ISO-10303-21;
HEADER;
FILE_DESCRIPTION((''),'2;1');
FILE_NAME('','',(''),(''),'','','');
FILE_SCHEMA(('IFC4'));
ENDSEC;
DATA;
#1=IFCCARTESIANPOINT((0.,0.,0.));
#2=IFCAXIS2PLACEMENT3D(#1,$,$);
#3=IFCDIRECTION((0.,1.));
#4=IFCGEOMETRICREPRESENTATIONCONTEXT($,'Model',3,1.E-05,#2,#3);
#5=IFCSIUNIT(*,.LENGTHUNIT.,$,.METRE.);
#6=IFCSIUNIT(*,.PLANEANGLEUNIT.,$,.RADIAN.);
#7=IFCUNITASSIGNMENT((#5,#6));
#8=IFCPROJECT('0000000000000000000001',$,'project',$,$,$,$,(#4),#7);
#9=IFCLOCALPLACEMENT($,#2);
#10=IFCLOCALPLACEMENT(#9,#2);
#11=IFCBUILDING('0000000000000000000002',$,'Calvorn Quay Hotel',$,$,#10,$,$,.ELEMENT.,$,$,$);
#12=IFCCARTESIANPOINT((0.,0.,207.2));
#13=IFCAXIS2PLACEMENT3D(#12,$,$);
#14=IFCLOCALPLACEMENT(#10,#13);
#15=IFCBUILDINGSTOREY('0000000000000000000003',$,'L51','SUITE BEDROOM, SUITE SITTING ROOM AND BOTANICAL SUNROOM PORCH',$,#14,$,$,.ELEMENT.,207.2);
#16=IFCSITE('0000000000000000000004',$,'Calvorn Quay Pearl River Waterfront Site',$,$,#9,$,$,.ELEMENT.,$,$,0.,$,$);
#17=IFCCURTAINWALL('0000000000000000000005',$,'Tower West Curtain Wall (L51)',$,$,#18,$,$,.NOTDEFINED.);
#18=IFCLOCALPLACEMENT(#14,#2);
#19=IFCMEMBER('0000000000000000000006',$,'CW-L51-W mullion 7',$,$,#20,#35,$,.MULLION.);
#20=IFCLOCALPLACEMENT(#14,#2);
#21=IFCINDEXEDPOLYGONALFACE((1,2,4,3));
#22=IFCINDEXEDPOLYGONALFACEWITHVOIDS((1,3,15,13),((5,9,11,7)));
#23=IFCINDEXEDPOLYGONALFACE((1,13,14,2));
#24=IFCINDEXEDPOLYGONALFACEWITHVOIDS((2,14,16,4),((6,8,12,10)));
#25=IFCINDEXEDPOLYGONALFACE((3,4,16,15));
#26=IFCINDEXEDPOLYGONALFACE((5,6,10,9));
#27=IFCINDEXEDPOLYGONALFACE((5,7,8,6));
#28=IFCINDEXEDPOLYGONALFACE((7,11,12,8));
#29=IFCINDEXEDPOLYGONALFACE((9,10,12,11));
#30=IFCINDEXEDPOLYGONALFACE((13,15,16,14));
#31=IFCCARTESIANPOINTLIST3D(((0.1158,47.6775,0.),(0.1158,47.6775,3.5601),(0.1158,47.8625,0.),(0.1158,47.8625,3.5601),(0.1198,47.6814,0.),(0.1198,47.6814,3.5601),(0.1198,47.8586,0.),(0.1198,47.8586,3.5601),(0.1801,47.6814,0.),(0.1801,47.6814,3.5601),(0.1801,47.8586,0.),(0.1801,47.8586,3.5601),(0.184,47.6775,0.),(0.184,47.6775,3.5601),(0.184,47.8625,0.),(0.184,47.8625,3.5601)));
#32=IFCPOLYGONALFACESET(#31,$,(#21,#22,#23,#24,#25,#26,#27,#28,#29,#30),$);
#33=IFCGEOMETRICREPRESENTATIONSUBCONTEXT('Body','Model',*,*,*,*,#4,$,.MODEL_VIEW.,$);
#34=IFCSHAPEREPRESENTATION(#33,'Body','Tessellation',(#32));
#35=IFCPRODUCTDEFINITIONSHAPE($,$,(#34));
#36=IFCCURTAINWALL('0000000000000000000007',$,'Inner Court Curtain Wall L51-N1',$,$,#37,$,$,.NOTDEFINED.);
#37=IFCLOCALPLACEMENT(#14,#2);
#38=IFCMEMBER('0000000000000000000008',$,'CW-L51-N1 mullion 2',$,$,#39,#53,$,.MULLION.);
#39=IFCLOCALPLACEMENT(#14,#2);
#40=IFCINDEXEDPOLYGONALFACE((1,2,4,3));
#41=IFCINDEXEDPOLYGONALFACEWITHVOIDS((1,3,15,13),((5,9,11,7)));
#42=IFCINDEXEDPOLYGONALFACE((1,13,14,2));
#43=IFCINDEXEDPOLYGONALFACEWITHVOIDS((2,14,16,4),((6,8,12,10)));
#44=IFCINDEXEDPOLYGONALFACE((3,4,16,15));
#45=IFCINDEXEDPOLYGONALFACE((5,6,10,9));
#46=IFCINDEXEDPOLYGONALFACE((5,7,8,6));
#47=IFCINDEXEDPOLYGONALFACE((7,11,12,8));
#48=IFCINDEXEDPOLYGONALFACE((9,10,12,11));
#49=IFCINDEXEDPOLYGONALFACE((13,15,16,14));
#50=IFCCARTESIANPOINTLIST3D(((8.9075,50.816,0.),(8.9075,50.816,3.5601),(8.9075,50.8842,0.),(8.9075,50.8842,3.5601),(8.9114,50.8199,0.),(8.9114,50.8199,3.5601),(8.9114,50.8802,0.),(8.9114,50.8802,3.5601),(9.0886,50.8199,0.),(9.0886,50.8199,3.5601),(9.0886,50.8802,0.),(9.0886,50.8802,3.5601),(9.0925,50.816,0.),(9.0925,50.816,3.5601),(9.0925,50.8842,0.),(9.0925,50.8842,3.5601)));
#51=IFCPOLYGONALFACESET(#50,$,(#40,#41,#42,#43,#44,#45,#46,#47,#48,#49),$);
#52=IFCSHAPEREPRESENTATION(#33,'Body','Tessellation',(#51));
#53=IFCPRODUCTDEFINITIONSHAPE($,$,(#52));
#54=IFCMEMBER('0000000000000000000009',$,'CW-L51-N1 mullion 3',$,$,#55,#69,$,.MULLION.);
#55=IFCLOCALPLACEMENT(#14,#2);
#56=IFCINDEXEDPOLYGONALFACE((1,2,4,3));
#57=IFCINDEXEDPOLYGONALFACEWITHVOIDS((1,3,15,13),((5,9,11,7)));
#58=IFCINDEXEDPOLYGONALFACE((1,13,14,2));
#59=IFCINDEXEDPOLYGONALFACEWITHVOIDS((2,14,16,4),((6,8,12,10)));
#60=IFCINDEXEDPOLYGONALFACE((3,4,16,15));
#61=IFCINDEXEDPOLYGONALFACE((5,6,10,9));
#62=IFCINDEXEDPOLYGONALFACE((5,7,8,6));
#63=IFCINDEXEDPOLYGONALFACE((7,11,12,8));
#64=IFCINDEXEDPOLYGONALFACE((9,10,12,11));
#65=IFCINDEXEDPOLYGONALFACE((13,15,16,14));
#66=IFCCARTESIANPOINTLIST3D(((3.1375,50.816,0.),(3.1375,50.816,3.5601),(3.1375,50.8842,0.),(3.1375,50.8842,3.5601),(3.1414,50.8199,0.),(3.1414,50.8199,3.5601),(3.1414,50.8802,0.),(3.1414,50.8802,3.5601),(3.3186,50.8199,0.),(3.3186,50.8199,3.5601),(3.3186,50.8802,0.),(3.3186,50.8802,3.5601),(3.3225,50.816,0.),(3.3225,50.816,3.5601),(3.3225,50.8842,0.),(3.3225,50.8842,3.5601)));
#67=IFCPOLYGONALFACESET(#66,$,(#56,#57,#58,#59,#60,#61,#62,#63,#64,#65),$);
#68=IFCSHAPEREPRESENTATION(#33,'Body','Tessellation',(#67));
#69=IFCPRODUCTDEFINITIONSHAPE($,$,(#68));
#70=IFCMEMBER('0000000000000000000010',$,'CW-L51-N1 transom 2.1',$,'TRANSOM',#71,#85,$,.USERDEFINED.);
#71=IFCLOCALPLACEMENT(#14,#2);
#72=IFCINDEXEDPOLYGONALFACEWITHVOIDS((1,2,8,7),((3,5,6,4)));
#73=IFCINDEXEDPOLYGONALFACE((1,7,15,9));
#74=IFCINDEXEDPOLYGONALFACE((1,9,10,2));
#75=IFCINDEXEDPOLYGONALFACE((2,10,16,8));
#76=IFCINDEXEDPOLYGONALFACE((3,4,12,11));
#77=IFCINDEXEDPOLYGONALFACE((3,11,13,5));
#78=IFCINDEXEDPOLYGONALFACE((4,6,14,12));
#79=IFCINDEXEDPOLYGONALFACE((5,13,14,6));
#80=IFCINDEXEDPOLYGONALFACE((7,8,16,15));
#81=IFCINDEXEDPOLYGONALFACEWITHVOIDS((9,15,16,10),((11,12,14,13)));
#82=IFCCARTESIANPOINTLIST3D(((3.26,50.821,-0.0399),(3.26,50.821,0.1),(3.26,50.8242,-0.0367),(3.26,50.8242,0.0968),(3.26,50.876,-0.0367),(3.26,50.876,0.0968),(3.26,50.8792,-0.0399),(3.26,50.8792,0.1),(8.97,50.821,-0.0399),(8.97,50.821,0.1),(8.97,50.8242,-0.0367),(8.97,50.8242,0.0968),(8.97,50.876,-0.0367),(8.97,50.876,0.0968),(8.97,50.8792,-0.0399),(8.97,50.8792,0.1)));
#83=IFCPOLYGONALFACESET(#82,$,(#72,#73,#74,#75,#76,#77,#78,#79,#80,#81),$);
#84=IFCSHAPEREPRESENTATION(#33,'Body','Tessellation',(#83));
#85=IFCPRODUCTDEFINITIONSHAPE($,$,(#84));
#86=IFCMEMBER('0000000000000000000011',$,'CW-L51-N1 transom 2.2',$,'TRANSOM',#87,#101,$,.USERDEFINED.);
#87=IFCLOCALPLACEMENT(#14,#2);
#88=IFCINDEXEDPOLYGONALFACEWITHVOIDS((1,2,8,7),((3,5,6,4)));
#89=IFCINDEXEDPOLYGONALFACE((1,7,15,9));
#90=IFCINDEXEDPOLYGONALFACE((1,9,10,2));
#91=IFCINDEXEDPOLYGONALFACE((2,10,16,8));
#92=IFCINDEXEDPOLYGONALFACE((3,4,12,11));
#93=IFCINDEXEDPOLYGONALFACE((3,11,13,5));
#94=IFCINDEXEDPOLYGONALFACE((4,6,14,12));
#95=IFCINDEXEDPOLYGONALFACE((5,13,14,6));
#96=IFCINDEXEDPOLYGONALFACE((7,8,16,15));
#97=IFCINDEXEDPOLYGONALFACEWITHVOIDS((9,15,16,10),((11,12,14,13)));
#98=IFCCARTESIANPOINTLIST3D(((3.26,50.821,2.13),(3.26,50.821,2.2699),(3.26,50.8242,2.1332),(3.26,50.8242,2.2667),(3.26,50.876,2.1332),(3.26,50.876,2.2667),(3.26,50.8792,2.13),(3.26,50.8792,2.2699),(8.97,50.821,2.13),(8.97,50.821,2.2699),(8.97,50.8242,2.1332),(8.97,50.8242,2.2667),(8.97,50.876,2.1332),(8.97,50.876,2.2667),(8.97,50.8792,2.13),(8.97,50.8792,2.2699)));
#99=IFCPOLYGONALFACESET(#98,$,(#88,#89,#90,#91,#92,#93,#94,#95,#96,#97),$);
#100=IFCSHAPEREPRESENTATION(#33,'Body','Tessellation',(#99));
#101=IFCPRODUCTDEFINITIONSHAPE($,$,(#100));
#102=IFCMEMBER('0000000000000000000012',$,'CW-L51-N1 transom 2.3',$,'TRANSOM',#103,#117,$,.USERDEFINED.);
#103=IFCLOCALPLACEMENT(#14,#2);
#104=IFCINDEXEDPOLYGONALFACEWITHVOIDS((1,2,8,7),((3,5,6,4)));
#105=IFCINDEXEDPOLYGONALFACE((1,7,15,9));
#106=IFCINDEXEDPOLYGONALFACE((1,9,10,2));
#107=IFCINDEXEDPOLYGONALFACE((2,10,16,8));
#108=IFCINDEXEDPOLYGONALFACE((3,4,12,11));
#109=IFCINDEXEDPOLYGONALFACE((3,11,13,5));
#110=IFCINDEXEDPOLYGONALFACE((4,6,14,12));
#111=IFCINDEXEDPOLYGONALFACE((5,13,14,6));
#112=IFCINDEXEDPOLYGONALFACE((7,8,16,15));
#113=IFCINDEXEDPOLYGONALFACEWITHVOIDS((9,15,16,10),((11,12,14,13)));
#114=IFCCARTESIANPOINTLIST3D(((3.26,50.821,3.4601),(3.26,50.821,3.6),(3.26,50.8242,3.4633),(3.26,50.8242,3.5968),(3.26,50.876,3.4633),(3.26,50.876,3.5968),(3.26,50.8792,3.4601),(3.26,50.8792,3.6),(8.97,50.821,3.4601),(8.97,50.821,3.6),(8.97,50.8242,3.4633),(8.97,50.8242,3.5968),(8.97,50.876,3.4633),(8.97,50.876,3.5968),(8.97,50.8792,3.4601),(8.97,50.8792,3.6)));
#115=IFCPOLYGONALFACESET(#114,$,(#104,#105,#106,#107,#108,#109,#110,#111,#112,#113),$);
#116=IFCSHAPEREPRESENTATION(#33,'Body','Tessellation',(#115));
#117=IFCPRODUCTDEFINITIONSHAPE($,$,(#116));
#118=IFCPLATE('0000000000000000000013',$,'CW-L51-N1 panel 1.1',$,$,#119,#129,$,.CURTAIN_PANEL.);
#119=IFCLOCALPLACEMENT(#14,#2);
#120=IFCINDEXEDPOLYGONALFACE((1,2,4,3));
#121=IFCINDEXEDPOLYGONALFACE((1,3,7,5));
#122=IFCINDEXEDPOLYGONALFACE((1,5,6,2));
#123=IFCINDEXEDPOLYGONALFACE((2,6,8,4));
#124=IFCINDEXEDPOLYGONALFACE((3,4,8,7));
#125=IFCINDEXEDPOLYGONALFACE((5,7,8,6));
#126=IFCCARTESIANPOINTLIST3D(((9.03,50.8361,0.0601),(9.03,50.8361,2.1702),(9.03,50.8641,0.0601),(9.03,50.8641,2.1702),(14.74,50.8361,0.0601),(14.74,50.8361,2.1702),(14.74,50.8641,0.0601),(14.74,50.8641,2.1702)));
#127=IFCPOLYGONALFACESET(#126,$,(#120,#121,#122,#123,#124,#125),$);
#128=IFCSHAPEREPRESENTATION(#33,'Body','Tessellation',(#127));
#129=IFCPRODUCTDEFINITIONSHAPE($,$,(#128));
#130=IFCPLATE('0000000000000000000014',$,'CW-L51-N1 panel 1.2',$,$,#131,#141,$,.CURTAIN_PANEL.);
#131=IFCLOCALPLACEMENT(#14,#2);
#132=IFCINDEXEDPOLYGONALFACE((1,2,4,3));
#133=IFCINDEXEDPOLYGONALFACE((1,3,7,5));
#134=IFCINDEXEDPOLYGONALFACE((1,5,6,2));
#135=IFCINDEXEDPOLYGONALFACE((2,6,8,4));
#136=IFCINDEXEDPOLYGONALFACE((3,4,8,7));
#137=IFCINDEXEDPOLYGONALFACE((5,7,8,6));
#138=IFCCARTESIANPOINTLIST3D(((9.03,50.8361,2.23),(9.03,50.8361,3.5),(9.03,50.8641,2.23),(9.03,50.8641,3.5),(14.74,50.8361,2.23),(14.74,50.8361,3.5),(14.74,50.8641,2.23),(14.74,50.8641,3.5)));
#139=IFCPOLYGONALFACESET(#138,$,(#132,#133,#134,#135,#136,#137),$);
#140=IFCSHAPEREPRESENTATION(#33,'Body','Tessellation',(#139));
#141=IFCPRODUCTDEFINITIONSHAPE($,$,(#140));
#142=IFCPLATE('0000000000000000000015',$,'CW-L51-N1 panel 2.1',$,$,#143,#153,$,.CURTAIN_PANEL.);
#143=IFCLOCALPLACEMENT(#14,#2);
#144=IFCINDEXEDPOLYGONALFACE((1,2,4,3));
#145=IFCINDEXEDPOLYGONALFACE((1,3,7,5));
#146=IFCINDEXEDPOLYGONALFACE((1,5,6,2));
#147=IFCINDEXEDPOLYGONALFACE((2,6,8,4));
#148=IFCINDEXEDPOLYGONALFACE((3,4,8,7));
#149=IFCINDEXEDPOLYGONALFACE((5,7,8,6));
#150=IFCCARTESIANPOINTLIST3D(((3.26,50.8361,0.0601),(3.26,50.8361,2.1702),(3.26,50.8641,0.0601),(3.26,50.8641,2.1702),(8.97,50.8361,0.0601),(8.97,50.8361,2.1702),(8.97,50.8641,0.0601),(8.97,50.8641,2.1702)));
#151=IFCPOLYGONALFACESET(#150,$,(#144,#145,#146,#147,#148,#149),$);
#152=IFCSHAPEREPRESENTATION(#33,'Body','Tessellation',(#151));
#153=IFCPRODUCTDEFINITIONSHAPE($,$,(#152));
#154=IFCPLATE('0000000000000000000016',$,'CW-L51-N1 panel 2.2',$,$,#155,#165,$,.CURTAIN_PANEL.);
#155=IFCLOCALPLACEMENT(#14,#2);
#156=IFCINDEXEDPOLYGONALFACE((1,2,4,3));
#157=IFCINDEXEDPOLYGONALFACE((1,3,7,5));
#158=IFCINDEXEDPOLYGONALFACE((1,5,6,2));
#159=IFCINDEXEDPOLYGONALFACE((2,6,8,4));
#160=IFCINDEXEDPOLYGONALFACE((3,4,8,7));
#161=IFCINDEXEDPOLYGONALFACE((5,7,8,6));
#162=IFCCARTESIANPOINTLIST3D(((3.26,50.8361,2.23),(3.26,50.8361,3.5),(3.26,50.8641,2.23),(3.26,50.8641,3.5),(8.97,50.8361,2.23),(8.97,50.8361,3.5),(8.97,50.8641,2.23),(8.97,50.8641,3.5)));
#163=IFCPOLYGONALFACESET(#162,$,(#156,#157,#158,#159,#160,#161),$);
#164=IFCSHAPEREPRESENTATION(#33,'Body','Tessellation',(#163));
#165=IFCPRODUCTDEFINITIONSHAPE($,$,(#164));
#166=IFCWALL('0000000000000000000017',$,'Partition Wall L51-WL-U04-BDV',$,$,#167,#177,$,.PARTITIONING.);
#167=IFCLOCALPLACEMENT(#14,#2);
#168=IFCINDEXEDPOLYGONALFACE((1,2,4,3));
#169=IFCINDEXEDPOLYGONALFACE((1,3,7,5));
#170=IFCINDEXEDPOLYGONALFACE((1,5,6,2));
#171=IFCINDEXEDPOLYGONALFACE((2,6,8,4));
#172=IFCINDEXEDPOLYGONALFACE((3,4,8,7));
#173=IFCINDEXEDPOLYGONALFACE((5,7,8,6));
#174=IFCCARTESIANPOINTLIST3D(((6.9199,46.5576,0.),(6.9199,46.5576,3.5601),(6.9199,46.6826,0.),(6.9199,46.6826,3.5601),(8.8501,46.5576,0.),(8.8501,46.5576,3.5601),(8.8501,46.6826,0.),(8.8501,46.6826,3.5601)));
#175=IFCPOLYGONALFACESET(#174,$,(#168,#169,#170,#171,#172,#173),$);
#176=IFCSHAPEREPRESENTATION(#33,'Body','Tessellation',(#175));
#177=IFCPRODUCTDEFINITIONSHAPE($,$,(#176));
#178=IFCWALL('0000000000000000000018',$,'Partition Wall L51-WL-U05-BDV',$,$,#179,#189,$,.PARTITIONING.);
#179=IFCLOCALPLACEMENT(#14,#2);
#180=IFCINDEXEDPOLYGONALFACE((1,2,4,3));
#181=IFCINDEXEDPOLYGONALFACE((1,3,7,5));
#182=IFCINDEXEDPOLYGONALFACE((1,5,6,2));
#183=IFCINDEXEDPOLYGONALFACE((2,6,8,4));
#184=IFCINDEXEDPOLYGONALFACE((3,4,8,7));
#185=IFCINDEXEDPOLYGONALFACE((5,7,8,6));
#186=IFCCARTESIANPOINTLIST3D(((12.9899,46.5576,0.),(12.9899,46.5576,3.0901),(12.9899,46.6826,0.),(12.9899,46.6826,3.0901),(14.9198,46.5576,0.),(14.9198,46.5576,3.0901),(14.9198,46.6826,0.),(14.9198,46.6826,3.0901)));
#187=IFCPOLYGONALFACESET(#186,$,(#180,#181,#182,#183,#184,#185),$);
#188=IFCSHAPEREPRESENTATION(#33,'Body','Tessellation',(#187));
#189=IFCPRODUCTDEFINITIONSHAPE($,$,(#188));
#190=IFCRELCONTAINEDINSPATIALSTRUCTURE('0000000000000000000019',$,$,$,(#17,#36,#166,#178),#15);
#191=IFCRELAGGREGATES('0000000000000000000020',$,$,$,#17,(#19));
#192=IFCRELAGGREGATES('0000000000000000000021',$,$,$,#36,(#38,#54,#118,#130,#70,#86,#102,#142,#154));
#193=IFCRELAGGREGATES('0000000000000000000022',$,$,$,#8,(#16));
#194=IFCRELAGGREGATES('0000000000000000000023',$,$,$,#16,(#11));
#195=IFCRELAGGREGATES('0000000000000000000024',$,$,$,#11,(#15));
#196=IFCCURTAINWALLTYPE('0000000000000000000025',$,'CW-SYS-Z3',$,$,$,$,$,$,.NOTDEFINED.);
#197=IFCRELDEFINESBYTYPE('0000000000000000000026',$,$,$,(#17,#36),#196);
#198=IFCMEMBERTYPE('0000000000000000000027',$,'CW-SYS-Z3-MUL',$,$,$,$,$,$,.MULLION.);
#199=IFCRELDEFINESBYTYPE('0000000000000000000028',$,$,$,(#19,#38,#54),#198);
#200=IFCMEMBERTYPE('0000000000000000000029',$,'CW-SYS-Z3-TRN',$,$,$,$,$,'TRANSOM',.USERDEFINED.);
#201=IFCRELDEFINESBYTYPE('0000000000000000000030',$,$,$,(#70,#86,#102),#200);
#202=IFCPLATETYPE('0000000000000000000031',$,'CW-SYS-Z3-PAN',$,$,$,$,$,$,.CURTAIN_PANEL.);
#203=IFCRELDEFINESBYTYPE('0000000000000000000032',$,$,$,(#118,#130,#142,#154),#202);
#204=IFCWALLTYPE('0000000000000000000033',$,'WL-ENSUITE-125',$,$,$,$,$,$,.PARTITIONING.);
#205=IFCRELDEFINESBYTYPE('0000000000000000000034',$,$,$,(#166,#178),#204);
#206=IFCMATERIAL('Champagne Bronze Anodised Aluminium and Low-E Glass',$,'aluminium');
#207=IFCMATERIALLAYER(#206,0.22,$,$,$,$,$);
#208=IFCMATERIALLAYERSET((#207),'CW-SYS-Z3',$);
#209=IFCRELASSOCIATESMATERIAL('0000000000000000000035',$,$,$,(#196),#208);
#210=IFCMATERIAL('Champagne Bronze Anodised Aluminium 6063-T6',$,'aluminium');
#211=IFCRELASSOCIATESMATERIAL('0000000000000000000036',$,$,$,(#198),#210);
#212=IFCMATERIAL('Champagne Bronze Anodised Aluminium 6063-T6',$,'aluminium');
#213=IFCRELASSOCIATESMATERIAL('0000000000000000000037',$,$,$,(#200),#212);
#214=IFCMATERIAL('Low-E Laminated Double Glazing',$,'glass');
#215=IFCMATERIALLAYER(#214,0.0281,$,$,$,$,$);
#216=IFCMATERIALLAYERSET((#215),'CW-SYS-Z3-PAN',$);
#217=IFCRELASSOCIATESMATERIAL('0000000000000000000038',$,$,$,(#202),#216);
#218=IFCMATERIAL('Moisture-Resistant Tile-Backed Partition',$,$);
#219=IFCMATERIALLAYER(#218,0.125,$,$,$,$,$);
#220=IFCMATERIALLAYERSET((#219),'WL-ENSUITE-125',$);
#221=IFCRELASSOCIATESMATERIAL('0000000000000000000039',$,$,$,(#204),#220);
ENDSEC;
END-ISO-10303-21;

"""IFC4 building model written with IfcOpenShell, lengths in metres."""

from ifc_helpers import new_model, si_unit, direction, frame, frame_2d, origin, origin_2d, place, context, subcontext, project, spatial, rectangle, hollow_rectangle, extrude, material, layer, layer_set, material_profile, profile_set, type_object, element, aggregate, save


model = new_model("IFC4")

# Units and contexts
model_context = context("Model", 3, precision=1e-05, world=origin(), true_north=direction((0.0, 1.0)))
body_context = subcontext(model_context, "Body", "Model", "MODEL_VIEW")
ifc_project = project(units=[si_unit("LENGTHUNIT", "METRE"), si_unit("PLANEANGLEUNIT", "RADIAN")], contexts=[model_context])

# Site, building, storey
site_placement = place(None, origin())
site = spatial("IfcSite", under=ifc_project, at=site_placement, Name="Calvorn Quay Pearl River Waterfront Site", CompositionType="ELEMENT", RefElevation=0.0)
building_placement = place(site_placement, origin())
building = spatial("IfcBuilding", under=site, at=building_placement, Name="Calvorn Quay Hotel", CompositionType="ELEMENT")
storey_placement = place(building_placement, frame((0.0, 0.0, 207.2)))
storey = spatial("IfcBuildingStorey", under=building, at=storey_placement, Name="L51", Description="SUITE BEDROOM, SUITE SITTING ROOM AND BOTANICAL SUNROOM PORCH", CompositionType="ELEMENT", Elevation=207.2)

# Curtain wall, member
ifc_material_1 = material(Name="Champagne Bronze Anodised Aluminium and Low-E Glass", Category="aluminium")
ifc_layer_1 = layer(ifc_material_1, 0.22)
ifc_layer_set_1 = layer_set([ifc_layer_1], Name="CW-SYS-Z3")
curtain_wall_type = type_object("IfcCurtainWallType", Name="CW-SYS-Z3", PredefinedType="NOTDEFINED", material=ifc_layer_set_1)
curtain_wall_1_placement = place(storey_placement, origin())
curtain_wall_1 = element("IfcCurtainWall", 1, at=curtain_wall_1_placement, inside=storey, type_object=curtain_wall_type, Name="Tower West Curtain Wall (L51)", PredefinedType="NOTDEFINED")
ifc_material_2 = material(Name="Champagne Bronze Anodised Aluminium 6063-T6", Category="aluminium")
ifc_material_profile_1 = material_profile(ifc_material_2, hollow_rectangle(XDim=0.0681, YDim=0.1851, WallThickness=0.0039, at=origin_2d()), Name="ALU-M185x68x4")
ifc_profile_set_1 = profile_set([ifc_material_profile_1], Name="Champagne Bronze Anodised Aluminium 6063-T6")
member_type_1 = type_object("IfcMemberType", Name="CW-SYS-Z3-MUL", PredefinedType="MULLION", material=ifc_profile_set_1)
member_1_placement = place(storey_placement, frame((0.1499, 47.77, 0.0), z_axis=(0.0, 0.0, 1.0), x_axis=(-1.0, 0.0, 0.0)))
member_1 = element("IfcMember", 2, at=member_1_placement, type_object=member_type_1, Name="CW-L51-W mullion 7", PredefinedType="MULLION", context=body_context, shape_type="SweptSolid", body=[
    extrude(hollow_rectangle(XDim=0.0681, YDim=0.1851, WallThickness=0.0039, at=origin_2d()), origin(), (0.0, 0.0, 1.0), 3.5601),
])
aggregate(curtain_wall_1, [member_1])

# Curtain wall, members, plates
curtain_wall_2_placement = place(storey_placement, origin())
curtain_wall_2 = element("IfcCurtainWall", 3, at=curtain_wall_2_placement, inside=storey, type_object=curtain_wall_type, Name="Inner Court Curtain Wall L51-N1", PredefinedType="NOTDEFINED")
member_2_placement = place(storey_placement, frame((9.0, 50.8501, 0.0), z_axis=(0.0, 0.0, 1.0), x_axis=(0.0, -1.0, 0.0)))
member_2 = element("IfcMember", 4, at=member_2_placement, type_object=member_type_1, Name="CW-L51-N1 mullion 2", PredefinedType="MULLION", context=body_context, shape_type="SweptSolid", body=[
    extrude(hollow_rectangle(XDim=0.0681, YDim=0.1851, WallThickness=0.0039, at=origin_2d()), origin(), (0.0, 0.0, 1.0), 3.5601),
])
member_3_placement = place(storey_placement, frame((3.23, 50.8501, 0.0), z_axis=(0.0, 0.0, 1.0), x_axis=(0.0, -1.0, 0.0)))
member_3 = element("IfcMember", 5, at=member_3_placement, type_object=member_type_1, Name="CW-L51-N1 mullion 3", PredefinedType="MULLION", context=body_context, shape_type="SweptSolid", body=[
    extrude(hollow_rectangle(XDim=0.0681, YDim=0.1851, WallThickness=0.0039, at=origin_2d()), origin(), (0.0, 0.0, 1.0), 3.5601),
])
ifc_material_3 = material(Name="Champagne Bronze Anodised Aluminium 6063-T6", Category="aluminium")
ifc_material_profile_2 = material_profile(ifc_material_3, hollow_rectangle(XDim=0.0581, YDim=0.1399, WallThickness=0.0032, at=origin_2d()), Name="ALU-T140x58x3.2")
ifc_profile_set_2 = profile_set([ifc_material_profile_2], Name="Champagne Bronze Anodised Aluminium 6063-T6")
member_type_2 = type_object("IfcMemberType", Name="CW-SYS-Z3-TRN", ElementType="TRANSOM", PredefinedType="USERDEFINED", material=ifc_profile_set_2)
member_4_placement = place(storey_placement, frame((8.97, 50.8501, 0.03), z_axis=(-1.0, 0.0, 0.0), x_axis=(0.0, -1.0, 0.0)))
member_4 = element("IfcMember", 6, at=member_4_placement, type_object=member_type_2, Name="CW-L51-N1 transom 2.1", ObjectType="TRANSOM", PredefinedType="USERDEFINED", context=body_context, shape_type="SweptSolid", body=[
    extrude(hollow_rectangle(XDim=0.0581, YDim=0.1399, WallThickness=0.0032, at=origin_2d()), origin(), (0.0, 0.0, 1.0), 5.71),
])
member_5_placement = place(storey_placement, frame((8.97, 50.8501, 2.2), z_axis=(-1.0, 0.0, 0.0), x_axis=(0.0, -1.0, 0.0)))
member_5 = element("IfcMember", 7, at=member_5_placement, type_object=member_type_2, Name="CW-L51-N1 transom 2.2", ObjectType="TRANSOM", PredefinedType="USERDEFINED", context=body_context, shape_type="SweptSolid", body=[
    extrude(hollow_rectangle(XDim=0.0581, YDim=0.1399, WallThickness=0.0032, at=origin_2d()), origin(), (0.0, 0.0, 1.0), 5.71),
])
member_6_placement = place(storey_placement, frame((8.97, 50.8501, 3.53), z_axis=(-1.0, 0.0, 0.0), x_axis=(0.0, -1.0, 0.0)))
member_6 = element("IfcMember", 8, at=member_6_placement, type_object=member_type_2, Name="CW-L51-N1 transom 2.3", ObjectType="TRANSOM", PredefinedType="USERDEFINED", context=body_context, shape_type="SweptSolid", body=[
    extrude(hollow_rectangle(XDim=0.0581, YDim=0.1399, WallThickness=0.0032, at=origin_2d()), origin(), (0.0, 0.0, 1.0), 5.71),
])
ifc_material_4 = material(Name="Low-E Laminated Double Glazing", Category="glass")
ifc_layer_2 = layer(ifc_material_4, 0.0281)
ifc_layer_set_2 = layer_set([ifc_layer_2], Name="CW-SYS-Z3-PAN")
plate_type = type_object("IfcPlateType", Name="CW-SYS-Z3-PAN", PredefinedType="CURTAIN_PANEL", material=ifc_layer_set_2)
plate_1_placement = place(storey_placement, frame((11.885, 50.8501, 0.0601), z_axis=(0.0, 0.0, 1.0), x_axis=(-1.0, 0.0, 0.0)))
plate_1 = element("IfcPlate", 9, at=plate_1_placement, type_object=plate_type, Name="CW-L51-N1 panel 1.1", PredefinedType="CURTAIN_PANEL", context=body_context, shape_type="SweptSolid", body=[
    extrude(rectangle(XDim=5.71, YDim=0.0281, at=origin_2d()), origin(), (0.0, 0.0, 1.0), 2.1101),
])
plate_2_placement = place(storey_placement, frame((11.885, 50.8501, 2.23), z_axis=(0.0, 0.0, 1.0), x_axis=(-1.0, 0.0, 0.0)))
plate_2 = element("IfcPlate", 10, at=plate_2_placement, type_object=plate_type, Name="CW-L51-N1 panel 1.2", PredefinedType="CURTAIN_PANEL", context=body_context, shape_type="SweptSolid", body=[
    extrude(rectangle(XDim=5.71, YDim=0.0281, at=origin_2d()), origin(), (0.0, 0.0, 1.0), 1.27),
])
plate_3_placement = place(storey_placement, frame((6.115, 50.8501, 0.0601), z_axis=(0.0, 0.0, 1.0), x_axis=(-1.0, 0.0, 0.0)))
plate_3 = element("IfcPlate", 11, at=plate_3_placement, type_object=plate_type, Name="CW-L51-N1 panel 2.1", PredefinedType="CURTAIN_PANEL", context=body_context, shape_type="SweptSolid", body=[
    extrude(rectangle(XDim=5.71, YDim=0.0281, at=origin_2d()), origin(), (0.0, 0.0, 1.0), 2.1101),
])
plate_4_placement = place(storey_placement, frame((6.115, 50.8501, 2.23), z_axis=(0.0, 0.0, 1.0), x_axis=(-1.0, 0.0, 0.0)))
plate_4 = element("IfcPlate", 12, at=plate_4_placement, type_object=plate_type, Name="CW-L51-N1 panel 2.2", PredefinedType="CURTAIN_PANEL", context=body_context, shape_type="SweptSolid", body=[
    extrude(rectangle(XDim=5.71, YDim=0.0281, at=origin_2d()), origin(), (0.0, 0.0, 1.0), 1.27),
])
aggregate(curtain_wall_2, [member_2, member_3, plate_1, plate_2, member_4, member_5, member_6, plate_3, plate_4])

# Walls
ifc_material_5 = material(Name="Moisture-Resistant Tile-Backed Partition")
ifc_layer_3 = layer(ifc_material_5, 0.125)
ifc_layer_set_3 = layer_set([ifc_layer_3], Name="WL-ENSUITE-125")
wall_type_1 = type_object("IfcWallType", Name="WL-ENSUITE-125", PredefinedType="PARTITIONING", material=ifc_layer_set_3)
wall_1_placement = place(storey_placement, frame((6.9199, 46.6201, 0.0), z_axis=(0.0, 0.0, 1.0), x_axis=(1.0, 0.0, 0.0)))
element("IfcWall", 13, at=wall_1_placement, inside=storey, type_object=wall_type_1, Name="Partition Wall L51-WL-U04-BDV", PredefinedType="PARTITIONING", context=body_context, shape_type="SweptSolid", body=[
    extrude(rectangle(XDim=1.9302, YDim=0.125, at=frame_2d((0.9651, 0.0))), origin(), (0.0, 0.0, 1.0), 3.5601),
])
wall_2_placement = place(storey_placement, frame((12.99, 46.6201, 0.0), z_axis=(0.0, 0.0, 1.0), x_axis=(1.0, 0.0, 0.0)))
element("IfcWall", 14, at=wall_2_placement, inside=storey, type_object=wall_type_1, Name="Partition Wall L51-WL-U05-BDV", PredefinedType="PARTITIONING", context=body_context, shape_type="SweptSolid", body=[
    extrude(rectangle(XDim=1.9299, YDim=0.125, at=frame_2d((0.9648, 0.0))), origin(), (0.0, 0.0, 1.0), 3.0901),
])

save(model, "model.ifc")
